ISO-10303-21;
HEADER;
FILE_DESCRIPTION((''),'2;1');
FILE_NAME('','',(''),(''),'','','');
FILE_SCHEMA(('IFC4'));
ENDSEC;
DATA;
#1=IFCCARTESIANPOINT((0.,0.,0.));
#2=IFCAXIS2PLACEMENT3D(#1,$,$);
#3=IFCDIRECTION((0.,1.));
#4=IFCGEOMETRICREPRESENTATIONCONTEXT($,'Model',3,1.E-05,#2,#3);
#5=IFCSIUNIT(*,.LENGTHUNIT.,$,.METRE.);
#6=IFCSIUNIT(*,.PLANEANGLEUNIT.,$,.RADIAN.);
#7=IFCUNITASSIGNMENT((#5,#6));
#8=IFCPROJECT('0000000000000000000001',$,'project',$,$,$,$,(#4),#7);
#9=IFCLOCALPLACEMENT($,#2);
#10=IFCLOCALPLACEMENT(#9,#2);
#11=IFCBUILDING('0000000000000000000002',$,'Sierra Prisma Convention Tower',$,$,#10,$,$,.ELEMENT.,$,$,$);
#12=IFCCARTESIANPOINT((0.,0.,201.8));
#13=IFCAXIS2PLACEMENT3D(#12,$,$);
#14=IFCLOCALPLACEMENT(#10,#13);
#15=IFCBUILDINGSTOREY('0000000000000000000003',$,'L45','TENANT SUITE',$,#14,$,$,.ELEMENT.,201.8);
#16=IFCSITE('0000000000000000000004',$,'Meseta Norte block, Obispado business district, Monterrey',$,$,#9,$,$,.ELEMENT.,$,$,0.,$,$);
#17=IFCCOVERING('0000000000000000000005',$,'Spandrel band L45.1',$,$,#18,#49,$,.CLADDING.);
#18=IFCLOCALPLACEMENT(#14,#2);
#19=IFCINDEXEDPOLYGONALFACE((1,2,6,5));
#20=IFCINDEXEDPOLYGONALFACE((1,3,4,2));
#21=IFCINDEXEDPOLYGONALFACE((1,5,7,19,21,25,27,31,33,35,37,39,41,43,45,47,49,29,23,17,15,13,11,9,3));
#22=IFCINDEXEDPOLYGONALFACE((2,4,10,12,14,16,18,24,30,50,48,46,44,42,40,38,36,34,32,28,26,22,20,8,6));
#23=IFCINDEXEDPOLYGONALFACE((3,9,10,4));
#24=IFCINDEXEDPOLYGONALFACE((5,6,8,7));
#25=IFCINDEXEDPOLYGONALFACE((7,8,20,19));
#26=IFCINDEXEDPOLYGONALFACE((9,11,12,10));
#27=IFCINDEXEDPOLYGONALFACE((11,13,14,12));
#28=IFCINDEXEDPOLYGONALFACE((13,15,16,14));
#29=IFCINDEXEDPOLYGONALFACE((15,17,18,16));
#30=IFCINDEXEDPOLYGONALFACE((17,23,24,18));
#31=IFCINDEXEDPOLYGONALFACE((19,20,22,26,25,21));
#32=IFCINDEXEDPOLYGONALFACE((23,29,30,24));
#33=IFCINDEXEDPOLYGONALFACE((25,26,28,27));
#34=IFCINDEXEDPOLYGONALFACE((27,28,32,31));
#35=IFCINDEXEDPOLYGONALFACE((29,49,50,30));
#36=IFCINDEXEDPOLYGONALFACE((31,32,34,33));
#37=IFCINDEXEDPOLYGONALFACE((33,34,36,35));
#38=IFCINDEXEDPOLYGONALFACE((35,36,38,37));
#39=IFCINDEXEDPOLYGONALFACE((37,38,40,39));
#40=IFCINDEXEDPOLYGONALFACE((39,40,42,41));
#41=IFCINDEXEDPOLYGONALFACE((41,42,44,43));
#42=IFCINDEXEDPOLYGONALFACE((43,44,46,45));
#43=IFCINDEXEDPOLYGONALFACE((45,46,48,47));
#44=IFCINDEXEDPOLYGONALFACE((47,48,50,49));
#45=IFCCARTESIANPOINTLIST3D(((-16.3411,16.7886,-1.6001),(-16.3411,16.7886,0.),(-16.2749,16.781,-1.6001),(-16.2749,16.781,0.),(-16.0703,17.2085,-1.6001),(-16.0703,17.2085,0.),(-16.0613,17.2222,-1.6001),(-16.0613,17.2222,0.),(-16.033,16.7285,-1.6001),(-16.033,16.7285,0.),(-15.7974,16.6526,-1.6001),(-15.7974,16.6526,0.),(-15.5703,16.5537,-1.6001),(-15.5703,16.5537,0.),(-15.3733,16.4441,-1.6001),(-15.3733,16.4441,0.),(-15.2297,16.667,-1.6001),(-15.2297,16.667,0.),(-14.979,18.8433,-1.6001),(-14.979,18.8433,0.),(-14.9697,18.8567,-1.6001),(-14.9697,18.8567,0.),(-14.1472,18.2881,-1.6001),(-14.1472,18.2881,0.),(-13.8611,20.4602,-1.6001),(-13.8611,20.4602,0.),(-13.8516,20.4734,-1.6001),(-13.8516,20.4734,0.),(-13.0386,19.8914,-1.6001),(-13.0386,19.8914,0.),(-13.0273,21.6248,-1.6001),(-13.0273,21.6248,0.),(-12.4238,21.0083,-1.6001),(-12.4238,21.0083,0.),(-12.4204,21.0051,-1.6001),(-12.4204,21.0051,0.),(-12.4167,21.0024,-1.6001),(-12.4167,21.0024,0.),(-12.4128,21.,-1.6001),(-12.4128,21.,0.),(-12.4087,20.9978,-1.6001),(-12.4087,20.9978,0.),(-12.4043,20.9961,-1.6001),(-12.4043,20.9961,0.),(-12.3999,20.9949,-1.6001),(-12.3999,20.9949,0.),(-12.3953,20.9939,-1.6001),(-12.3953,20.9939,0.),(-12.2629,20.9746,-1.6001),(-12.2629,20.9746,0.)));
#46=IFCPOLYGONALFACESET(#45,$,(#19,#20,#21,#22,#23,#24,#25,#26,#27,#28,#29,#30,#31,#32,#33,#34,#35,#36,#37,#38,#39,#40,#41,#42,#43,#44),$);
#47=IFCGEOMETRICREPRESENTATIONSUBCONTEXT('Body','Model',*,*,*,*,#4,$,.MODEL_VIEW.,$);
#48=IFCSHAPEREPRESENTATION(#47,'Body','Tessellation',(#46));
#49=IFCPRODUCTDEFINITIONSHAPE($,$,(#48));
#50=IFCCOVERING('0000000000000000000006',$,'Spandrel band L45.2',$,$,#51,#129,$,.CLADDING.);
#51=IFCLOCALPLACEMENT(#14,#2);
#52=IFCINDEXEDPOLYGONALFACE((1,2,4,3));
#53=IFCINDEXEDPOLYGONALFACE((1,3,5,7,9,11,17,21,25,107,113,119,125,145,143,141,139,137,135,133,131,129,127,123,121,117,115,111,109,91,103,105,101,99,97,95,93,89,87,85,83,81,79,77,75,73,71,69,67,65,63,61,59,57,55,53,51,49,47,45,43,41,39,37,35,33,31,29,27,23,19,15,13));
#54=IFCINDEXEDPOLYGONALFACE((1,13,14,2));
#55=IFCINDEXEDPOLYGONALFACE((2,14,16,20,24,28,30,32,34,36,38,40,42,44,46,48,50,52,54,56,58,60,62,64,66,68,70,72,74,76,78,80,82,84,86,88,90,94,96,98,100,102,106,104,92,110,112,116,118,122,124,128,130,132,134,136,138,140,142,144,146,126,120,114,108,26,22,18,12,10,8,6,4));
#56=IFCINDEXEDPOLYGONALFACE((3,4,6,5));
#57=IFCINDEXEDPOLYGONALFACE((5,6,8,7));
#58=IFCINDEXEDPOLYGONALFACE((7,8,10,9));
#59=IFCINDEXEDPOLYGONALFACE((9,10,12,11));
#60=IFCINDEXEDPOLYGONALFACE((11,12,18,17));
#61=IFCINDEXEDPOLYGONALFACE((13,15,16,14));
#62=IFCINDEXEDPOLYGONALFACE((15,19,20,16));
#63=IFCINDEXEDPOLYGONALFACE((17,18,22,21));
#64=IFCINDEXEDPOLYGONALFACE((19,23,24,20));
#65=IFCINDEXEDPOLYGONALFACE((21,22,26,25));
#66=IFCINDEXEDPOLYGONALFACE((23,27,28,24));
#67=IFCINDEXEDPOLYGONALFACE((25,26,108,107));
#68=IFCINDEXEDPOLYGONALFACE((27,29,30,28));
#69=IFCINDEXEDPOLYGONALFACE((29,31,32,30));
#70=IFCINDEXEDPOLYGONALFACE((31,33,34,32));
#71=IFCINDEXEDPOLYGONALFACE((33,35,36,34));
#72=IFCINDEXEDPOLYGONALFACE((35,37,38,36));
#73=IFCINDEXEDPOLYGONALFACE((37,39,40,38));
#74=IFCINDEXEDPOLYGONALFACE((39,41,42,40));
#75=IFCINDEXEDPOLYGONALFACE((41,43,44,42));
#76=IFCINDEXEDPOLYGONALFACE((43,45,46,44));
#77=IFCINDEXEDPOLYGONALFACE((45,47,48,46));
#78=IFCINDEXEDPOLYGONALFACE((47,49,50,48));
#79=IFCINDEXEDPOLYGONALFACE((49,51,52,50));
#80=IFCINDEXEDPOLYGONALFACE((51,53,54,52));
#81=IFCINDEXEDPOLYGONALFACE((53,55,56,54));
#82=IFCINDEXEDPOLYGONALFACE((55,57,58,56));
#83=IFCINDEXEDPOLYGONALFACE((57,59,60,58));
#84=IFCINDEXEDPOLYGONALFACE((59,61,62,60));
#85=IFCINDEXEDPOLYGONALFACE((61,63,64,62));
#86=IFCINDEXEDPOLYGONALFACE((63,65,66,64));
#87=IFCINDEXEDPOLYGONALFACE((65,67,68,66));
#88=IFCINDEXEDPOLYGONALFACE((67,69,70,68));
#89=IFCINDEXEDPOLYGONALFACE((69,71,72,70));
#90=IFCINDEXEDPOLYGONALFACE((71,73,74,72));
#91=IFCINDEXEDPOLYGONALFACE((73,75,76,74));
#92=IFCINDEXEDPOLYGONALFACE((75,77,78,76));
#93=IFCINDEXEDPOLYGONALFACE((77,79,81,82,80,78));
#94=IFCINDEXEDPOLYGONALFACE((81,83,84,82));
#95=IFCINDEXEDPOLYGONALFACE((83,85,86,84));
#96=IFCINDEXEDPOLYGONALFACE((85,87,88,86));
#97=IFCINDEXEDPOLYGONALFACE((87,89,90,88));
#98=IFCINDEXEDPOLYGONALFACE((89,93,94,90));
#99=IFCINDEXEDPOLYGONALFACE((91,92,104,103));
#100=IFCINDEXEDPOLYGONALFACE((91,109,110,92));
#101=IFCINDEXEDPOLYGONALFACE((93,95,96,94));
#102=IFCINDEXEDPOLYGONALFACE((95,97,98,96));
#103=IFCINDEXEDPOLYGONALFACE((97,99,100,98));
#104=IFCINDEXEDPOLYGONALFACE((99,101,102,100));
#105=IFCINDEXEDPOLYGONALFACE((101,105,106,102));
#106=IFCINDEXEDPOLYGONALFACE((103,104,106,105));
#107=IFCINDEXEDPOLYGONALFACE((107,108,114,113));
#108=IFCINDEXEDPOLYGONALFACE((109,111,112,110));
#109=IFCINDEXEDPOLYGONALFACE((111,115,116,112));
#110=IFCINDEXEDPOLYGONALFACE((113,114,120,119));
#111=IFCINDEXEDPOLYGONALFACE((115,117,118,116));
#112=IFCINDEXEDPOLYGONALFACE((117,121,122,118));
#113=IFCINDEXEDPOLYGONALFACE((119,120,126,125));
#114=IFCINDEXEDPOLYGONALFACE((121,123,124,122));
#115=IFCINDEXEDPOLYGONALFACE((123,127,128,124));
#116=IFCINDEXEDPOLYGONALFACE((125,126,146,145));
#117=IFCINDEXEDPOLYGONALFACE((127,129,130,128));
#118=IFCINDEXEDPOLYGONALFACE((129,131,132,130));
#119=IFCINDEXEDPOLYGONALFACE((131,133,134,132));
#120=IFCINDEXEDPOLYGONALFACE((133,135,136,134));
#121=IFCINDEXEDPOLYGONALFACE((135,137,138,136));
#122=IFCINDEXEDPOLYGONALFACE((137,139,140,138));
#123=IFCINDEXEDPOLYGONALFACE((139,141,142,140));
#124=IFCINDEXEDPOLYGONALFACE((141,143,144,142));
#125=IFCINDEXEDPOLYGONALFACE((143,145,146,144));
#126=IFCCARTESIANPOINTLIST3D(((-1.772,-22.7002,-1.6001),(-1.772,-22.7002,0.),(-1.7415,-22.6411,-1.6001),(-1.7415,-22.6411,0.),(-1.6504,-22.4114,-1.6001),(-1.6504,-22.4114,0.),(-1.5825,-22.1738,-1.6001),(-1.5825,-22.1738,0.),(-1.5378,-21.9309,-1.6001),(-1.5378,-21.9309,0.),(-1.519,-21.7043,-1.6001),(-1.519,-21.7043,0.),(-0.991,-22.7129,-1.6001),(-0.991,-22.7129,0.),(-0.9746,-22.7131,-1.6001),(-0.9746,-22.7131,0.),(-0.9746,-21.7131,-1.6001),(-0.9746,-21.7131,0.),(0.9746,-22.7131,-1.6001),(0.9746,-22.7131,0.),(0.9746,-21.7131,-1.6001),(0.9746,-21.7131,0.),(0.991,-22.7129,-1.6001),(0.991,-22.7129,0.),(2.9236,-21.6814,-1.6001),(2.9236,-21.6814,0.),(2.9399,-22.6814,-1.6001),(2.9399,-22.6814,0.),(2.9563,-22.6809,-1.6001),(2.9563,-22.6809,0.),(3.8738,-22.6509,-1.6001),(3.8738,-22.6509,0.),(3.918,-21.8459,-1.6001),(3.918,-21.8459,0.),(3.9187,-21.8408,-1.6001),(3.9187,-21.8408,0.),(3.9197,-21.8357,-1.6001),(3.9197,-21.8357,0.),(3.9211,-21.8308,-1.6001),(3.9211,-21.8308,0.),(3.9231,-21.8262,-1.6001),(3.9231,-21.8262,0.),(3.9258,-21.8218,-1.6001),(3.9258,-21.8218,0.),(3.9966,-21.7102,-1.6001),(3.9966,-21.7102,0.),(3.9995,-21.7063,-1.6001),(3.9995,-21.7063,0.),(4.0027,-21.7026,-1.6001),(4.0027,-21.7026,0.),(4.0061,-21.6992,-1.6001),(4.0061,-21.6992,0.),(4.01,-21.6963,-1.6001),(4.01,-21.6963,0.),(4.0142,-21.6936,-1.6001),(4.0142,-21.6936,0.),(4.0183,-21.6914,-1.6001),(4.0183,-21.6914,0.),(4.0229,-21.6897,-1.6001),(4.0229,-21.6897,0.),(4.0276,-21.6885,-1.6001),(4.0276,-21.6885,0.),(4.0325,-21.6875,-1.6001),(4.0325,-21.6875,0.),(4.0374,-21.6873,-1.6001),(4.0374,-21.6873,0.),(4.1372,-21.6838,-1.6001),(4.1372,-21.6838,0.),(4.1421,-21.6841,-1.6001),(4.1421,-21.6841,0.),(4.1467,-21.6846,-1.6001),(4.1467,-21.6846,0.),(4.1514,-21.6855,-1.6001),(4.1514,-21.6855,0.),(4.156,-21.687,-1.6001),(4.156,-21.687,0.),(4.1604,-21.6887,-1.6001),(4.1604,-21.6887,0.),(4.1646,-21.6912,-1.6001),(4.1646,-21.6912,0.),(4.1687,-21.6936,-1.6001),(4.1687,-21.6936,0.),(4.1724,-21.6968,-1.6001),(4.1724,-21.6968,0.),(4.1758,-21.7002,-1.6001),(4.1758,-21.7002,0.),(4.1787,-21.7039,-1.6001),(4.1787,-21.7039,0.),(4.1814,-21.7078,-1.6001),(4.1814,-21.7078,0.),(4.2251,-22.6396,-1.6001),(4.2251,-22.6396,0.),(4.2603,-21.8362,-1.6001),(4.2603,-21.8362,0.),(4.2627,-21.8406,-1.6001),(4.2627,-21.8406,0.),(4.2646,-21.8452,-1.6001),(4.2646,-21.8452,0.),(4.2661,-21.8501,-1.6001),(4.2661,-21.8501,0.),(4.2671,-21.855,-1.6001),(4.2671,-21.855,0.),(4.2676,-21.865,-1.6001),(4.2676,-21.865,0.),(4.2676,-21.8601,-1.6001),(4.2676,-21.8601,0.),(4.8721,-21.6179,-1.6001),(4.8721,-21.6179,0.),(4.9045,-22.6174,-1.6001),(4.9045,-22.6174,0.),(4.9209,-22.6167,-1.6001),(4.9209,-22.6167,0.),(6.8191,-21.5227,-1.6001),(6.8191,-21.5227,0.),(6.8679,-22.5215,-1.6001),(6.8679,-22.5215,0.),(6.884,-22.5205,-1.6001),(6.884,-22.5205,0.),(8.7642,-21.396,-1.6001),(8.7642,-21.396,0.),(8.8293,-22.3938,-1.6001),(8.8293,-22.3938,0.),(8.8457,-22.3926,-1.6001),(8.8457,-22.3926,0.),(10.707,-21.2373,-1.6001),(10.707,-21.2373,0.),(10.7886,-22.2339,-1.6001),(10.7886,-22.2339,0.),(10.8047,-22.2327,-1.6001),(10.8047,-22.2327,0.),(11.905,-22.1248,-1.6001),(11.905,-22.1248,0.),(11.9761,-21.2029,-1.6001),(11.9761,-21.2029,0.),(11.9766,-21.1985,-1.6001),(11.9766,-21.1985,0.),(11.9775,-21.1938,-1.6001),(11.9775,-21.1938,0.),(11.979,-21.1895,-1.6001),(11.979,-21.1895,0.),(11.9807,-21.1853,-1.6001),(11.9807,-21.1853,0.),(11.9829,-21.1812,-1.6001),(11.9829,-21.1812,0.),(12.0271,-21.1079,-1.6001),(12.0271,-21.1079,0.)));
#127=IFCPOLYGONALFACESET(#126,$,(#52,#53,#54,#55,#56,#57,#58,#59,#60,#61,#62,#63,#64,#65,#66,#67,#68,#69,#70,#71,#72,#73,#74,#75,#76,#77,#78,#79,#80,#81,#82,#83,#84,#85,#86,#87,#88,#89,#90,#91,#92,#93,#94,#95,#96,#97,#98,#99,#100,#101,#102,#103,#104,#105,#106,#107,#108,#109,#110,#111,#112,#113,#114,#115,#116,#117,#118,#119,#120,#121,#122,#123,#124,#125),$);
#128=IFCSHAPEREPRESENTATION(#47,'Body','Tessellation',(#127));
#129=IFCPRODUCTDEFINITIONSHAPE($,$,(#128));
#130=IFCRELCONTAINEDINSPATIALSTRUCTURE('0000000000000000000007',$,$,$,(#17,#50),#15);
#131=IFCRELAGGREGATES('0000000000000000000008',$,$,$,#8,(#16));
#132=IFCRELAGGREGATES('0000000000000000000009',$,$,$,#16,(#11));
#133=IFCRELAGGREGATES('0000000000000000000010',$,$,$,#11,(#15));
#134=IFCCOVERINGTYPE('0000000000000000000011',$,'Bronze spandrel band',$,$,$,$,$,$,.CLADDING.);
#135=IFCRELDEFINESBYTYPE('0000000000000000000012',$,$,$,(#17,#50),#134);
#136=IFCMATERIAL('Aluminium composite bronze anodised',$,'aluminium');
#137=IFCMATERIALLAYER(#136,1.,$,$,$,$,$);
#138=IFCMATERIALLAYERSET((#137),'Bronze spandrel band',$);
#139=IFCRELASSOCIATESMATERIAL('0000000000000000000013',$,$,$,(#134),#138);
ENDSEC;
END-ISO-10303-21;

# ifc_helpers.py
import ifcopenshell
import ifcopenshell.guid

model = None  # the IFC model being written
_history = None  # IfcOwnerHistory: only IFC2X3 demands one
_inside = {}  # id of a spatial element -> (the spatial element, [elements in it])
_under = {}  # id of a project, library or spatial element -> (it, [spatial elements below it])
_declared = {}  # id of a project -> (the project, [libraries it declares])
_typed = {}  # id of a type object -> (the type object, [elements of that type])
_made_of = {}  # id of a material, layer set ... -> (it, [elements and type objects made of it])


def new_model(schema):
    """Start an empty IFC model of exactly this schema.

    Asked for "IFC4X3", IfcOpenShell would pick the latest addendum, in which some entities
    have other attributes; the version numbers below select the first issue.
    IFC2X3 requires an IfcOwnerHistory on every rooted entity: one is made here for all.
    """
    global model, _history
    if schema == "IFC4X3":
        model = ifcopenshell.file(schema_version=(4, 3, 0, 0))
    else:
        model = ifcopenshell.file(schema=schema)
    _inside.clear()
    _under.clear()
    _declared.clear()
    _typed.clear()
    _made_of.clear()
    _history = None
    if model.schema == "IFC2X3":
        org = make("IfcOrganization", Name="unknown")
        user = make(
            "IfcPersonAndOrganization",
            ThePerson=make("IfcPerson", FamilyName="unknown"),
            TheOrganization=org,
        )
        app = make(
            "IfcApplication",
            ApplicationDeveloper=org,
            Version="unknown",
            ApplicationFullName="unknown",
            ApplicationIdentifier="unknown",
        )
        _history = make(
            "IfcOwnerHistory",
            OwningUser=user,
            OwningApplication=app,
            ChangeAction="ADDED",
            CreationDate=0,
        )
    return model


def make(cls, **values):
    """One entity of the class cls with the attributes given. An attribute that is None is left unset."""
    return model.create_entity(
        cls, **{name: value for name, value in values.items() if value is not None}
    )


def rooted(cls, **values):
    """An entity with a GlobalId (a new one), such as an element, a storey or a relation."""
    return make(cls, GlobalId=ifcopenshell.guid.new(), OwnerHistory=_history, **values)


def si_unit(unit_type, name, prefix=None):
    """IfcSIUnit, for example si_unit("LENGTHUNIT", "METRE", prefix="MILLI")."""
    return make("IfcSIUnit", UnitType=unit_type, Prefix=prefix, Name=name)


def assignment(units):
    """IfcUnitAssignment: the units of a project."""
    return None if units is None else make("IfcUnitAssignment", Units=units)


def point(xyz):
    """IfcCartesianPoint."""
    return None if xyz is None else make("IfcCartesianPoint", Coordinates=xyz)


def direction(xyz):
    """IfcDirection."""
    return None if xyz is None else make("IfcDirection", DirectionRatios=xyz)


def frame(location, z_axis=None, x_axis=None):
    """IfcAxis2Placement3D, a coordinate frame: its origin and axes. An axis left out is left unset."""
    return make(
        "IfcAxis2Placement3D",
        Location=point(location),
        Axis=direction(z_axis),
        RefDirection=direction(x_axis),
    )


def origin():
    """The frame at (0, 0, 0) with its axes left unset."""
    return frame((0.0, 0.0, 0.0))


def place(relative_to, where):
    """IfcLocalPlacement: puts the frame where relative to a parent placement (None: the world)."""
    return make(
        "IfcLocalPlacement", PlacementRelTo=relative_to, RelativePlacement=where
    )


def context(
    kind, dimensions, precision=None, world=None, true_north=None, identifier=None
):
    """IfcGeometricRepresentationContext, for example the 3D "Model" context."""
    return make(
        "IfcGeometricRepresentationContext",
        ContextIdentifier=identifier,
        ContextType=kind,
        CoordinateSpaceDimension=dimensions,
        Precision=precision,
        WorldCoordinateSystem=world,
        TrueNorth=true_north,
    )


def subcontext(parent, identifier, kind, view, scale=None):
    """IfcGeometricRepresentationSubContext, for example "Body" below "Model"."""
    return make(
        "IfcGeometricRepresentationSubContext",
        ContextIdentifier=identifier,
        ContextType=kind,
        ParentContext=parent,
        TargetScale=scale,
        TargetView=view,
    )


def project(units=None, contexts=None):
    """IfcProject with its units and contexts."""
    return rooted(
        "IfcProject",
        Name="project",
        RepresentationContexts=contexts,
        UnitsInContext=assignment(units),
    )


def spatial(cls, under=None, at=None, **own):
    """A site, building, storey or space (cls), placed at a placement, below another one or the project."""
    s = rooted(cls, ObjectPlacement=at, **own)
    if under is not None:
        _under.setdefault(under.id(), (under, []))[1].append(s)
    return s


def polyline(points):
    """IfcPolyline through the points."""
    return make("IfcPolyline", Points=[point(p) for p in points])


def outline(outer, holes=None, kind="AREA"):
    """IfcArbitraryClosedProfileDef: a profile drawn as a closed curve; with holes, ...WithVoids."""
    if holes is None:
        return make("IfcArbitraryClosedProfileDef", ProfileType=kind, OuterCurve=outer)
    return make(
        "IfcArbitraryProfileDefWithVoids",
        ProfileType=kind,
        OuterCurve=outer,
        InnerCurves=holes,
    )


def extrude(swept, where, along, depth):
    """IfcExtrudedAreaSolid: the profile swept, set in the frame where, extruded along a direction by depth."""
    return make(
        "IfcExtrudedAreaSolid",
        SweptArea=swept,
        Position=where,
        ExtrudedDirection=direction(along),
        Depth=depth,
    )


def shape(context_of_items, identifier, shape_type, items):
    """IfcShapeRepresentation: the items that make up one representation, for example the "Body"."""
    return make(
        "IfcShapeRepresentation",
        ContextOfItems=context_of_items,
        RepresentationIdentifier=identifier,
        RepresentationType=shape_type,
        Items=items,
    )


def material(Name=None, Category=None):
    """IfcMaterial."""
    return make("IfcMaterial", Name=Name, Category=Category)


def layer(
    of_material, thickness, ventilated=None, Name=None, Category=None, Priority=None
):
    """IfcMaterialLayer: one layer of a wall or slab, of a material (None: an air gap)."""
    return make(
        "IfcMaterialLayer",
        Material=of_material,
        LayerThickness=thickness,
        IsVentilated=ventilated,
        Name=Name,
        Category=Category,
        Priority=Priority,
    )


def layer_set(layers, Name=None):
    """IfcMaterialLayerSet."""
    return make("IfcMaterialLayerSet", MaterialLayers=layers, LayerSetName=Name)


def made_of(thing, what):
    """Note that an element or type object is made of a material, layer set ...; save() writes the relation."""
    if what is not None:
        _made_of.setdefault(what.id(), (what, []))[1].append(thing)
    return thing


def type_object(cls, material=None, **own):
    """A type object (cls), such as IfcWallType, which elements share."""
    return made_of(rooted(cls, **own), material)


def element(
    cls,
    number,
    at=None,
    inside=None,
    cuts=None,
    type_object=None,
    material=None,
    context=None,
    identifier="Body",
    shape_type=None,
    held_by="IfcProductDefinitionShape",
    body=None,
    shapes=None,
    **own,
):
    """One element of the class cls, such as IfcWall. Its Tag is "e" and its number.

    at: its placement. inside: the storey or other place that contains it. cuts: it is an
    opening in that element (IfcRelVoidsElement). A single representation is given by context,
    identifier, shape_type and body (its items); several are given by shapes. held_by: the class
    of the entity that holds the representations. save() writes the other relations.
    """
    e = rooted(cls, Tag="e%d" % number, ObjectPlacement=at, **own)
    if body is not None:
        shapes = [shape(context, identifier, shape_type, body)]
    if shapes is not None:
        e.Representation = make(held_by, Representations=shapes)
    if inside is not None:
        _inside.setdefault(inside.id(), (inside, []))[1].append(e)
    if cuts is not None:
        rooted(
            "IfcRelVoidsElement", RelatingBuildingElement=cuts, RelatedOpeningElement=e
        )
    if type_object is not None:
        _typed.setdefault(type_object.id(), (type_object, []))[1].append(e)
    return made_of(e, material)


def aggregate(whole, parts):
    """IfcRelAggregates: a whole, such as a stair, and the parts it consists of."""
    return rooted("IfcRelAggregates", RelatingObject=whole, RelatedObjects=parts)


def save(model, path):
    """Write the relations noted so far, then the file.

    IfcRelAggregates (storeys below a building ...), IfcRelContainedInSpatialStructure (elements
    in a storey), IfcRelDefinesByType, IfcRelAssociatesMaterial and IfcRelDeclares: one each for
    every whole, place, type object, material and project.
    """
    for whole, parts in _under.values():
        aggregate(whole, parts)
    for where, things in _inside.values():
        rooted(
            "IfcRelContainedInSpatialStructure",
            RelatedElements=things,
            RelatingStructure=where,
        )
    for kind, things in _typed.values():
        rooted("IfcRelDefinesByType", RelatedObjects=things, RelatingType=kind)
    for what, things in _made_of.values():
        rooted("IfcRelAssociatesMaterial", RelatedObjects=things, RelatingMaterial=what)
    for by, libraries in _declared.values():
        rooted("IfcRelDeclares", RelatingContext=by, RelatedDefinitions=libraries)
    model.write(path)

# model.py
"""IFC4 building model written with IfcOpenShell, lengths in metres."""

from ifc_helpers import new_model, si_unit, direction, frame, origin, place, context, subcontext, project, spatial, polyline, outline, extrude, material, layer, layer_set, type_object, element, save


model = new_model("IFC4")

# Units and contexts
model_context = context("Model", 3, precision=1e-05, world=origin(), true_north=direction((0.0, 1.0)))
body_context = subcontext(model_context, "Body", "Model", "MODEL_VIEW")
ifc_project = project(units=[si_unit("LENGTHUNIT", "METRE"), si_unit("PLANEANGLEUNIT", "RADIAN")], contexts=[model_context])

# Site, building, storey
site_placement = place(None, origin())
site = spatial("IfcSite", under=ifc_project, at=site_placement, Name="Meseta Norte block, Obispado business district, Monterrey", CompositionType="ELEMENT", RefElevation=0.0)
building_placement = place(site_placement, origin())
building = spatial("IfcBuilding", under=site, at=building_placement, Name="Sierra Prisma Convention Tower", CompositionType="ELEMENT")
storey_placement = place(building_placement, frame((0.0, 0.0, 201.8)))
storey = spatial("IfcBuildingStorey", under=building, at=storey_placement, Name="L45", Description="TENANT SUITE", CompositionType="ELEMENT", Elevation=201.8)

# Coverings
ifc_material_1 = material(Name="Aluminium composite bronze anodised", Category="aluminium")
ifc_layer_1 = layer(ifc_material_1, 1.0)
ifc_layer_set_1 = layer_set([ifc_layer_1], Name="Bronze spandrel band")
covering_type_1 = type_object("IfcCoveringType", Name="Bronze spandrel band", PredefinedType="CLADDING", material=ifc_layer_set_1)
covering_1_placement = place(storey_placement, frame((0.0, 0.0, -1.6001)))
element("IfcCovering", 1, at=covering_1_placement, inside=storey, type_object=covering_type_1, Name="Spandrel band L45.1", PredefinedType="CLADDING", context=body_context, shape_type="SweptSolid", body=[
    extrude(outline(polyline([(-16.0703, 17.2085), (-16.0613, 17.2222), (-14.979, 18.8433), (-14.9697, 18.8567), (-13.8611, 20.4602), (-13.8516, 20.4734), (-13.0273, 21.6248), (-12.4238, 21.0083), (-12.4204, 21.0051), (-12.4167, 21.0024), (-12.4128, 21.0), (-12.4087, 20.9978), (-12.4043, 20.9961), (-12.3999, 20.9949), (-12.3953, 20.9939), (-12.2629, 20.9746), (-13.0386, 19.8914), (-14.1472, 18.2881), (-15.2297, 16.667), (-15.3733, 16.4441), (-15.5703, 16.5537), (-15.7974, 16.6526), (-16.033, 16.7285), (-16.2749, 16.781), (-16.3411, 16.7886), (-16.0703, 17.2085)])), origin(), (0.0, 0.0, 1.0), 1.6001),
])
covering_2_placement = place(storey_placement, frame((0.0, 0.0, -1.6001)))
element("IfcCovering", 2, at=covering_2_placement, inside=storey, type_object=covering_type_1, Name="Spandrel band L45.2", PredefinedType="CLADDING", context=body_context, shape_type="SweptSolid", body=[
    extrude(outline(polyline([(-0.9746, -21.7131), (0.9746, -21.7131), (2.9236, -21.6814), (4.8721, -21.6179), (6.8191, -21.5227), (8.7642, -21.396), (10.707, -21.2373), (12.0271, -21.1079), (11.9829, -21.1812), (11.9807, -21.1853), (11.979, -21.1895), (11.9775, -21.1938), (11.9766, -21.1985), (11.9761, -21.2029), (11.905, -22.1248), (10.8047, -22.2327), (10.7886, -22.2339), (8.8457, -22.3926), (8.8293, -22.3938), (6.884, -22.5205), (6.8679, -22.5215), (4.9209, -22.6167), (4.9045, -22.6174), (4.2251, -22.6396), (4.2676, -21.865), (4.2676, -21.8601), (4.2671, -21.855), (4.2661, -21.8501), (4.2646, -21.8452), (4.2627, -21.8406), (4.2603, -21.8362), (4.1814, -21.7078), (4.1787, -21.7039), (4.1758, -21.7002), (4.1724, -21.6968), (4.1687, -21.6936), (4.1646, -21.6912), (4.1604, -21.6887), (4.156, -21.687), (4.1514, -21.6855), (4.1467, -21.6846), (4.1421, -21.6841), (4.1372, -21.6838), (4.0374, -21.6873), (4.0325, -21.6875), (4.0276, -21.6885), (4.0229, -21.6897), (4.0183, -21.6914), (4.0142, -21.6936), (4.01, -21.6963), (4.0061, -21.6992), (4.0027, -21.7026), (3.9995, -21.7063), (3.9966, -21.7102), (3.9258, -21.8218), (3.9231, -21.8262), (3.9211, -21.8308), (3.9197, -21.8357), (3.9187, -21.8408), (3.918, -21.8459), (3.8738, -22.6509), (2.9563, -22.6809), (2.9399, -22.6814), (0.991, -22.7129), (0.9746, -22.7131), (-0.9746, -22.7131), (-0.991, -22.7129), (-1.772, -22.7002), (-1.7415, -22.6411), (-1.6504, -22.4114), (-1.5825, -22.1738), (-1.5378, -21.9309), (-1.519, -21.7043), (-0.9746, -21.7131)])), origin(), (0.0, 0.0, 1.0), 1.6001),
])

save(model, "model.ifc")
